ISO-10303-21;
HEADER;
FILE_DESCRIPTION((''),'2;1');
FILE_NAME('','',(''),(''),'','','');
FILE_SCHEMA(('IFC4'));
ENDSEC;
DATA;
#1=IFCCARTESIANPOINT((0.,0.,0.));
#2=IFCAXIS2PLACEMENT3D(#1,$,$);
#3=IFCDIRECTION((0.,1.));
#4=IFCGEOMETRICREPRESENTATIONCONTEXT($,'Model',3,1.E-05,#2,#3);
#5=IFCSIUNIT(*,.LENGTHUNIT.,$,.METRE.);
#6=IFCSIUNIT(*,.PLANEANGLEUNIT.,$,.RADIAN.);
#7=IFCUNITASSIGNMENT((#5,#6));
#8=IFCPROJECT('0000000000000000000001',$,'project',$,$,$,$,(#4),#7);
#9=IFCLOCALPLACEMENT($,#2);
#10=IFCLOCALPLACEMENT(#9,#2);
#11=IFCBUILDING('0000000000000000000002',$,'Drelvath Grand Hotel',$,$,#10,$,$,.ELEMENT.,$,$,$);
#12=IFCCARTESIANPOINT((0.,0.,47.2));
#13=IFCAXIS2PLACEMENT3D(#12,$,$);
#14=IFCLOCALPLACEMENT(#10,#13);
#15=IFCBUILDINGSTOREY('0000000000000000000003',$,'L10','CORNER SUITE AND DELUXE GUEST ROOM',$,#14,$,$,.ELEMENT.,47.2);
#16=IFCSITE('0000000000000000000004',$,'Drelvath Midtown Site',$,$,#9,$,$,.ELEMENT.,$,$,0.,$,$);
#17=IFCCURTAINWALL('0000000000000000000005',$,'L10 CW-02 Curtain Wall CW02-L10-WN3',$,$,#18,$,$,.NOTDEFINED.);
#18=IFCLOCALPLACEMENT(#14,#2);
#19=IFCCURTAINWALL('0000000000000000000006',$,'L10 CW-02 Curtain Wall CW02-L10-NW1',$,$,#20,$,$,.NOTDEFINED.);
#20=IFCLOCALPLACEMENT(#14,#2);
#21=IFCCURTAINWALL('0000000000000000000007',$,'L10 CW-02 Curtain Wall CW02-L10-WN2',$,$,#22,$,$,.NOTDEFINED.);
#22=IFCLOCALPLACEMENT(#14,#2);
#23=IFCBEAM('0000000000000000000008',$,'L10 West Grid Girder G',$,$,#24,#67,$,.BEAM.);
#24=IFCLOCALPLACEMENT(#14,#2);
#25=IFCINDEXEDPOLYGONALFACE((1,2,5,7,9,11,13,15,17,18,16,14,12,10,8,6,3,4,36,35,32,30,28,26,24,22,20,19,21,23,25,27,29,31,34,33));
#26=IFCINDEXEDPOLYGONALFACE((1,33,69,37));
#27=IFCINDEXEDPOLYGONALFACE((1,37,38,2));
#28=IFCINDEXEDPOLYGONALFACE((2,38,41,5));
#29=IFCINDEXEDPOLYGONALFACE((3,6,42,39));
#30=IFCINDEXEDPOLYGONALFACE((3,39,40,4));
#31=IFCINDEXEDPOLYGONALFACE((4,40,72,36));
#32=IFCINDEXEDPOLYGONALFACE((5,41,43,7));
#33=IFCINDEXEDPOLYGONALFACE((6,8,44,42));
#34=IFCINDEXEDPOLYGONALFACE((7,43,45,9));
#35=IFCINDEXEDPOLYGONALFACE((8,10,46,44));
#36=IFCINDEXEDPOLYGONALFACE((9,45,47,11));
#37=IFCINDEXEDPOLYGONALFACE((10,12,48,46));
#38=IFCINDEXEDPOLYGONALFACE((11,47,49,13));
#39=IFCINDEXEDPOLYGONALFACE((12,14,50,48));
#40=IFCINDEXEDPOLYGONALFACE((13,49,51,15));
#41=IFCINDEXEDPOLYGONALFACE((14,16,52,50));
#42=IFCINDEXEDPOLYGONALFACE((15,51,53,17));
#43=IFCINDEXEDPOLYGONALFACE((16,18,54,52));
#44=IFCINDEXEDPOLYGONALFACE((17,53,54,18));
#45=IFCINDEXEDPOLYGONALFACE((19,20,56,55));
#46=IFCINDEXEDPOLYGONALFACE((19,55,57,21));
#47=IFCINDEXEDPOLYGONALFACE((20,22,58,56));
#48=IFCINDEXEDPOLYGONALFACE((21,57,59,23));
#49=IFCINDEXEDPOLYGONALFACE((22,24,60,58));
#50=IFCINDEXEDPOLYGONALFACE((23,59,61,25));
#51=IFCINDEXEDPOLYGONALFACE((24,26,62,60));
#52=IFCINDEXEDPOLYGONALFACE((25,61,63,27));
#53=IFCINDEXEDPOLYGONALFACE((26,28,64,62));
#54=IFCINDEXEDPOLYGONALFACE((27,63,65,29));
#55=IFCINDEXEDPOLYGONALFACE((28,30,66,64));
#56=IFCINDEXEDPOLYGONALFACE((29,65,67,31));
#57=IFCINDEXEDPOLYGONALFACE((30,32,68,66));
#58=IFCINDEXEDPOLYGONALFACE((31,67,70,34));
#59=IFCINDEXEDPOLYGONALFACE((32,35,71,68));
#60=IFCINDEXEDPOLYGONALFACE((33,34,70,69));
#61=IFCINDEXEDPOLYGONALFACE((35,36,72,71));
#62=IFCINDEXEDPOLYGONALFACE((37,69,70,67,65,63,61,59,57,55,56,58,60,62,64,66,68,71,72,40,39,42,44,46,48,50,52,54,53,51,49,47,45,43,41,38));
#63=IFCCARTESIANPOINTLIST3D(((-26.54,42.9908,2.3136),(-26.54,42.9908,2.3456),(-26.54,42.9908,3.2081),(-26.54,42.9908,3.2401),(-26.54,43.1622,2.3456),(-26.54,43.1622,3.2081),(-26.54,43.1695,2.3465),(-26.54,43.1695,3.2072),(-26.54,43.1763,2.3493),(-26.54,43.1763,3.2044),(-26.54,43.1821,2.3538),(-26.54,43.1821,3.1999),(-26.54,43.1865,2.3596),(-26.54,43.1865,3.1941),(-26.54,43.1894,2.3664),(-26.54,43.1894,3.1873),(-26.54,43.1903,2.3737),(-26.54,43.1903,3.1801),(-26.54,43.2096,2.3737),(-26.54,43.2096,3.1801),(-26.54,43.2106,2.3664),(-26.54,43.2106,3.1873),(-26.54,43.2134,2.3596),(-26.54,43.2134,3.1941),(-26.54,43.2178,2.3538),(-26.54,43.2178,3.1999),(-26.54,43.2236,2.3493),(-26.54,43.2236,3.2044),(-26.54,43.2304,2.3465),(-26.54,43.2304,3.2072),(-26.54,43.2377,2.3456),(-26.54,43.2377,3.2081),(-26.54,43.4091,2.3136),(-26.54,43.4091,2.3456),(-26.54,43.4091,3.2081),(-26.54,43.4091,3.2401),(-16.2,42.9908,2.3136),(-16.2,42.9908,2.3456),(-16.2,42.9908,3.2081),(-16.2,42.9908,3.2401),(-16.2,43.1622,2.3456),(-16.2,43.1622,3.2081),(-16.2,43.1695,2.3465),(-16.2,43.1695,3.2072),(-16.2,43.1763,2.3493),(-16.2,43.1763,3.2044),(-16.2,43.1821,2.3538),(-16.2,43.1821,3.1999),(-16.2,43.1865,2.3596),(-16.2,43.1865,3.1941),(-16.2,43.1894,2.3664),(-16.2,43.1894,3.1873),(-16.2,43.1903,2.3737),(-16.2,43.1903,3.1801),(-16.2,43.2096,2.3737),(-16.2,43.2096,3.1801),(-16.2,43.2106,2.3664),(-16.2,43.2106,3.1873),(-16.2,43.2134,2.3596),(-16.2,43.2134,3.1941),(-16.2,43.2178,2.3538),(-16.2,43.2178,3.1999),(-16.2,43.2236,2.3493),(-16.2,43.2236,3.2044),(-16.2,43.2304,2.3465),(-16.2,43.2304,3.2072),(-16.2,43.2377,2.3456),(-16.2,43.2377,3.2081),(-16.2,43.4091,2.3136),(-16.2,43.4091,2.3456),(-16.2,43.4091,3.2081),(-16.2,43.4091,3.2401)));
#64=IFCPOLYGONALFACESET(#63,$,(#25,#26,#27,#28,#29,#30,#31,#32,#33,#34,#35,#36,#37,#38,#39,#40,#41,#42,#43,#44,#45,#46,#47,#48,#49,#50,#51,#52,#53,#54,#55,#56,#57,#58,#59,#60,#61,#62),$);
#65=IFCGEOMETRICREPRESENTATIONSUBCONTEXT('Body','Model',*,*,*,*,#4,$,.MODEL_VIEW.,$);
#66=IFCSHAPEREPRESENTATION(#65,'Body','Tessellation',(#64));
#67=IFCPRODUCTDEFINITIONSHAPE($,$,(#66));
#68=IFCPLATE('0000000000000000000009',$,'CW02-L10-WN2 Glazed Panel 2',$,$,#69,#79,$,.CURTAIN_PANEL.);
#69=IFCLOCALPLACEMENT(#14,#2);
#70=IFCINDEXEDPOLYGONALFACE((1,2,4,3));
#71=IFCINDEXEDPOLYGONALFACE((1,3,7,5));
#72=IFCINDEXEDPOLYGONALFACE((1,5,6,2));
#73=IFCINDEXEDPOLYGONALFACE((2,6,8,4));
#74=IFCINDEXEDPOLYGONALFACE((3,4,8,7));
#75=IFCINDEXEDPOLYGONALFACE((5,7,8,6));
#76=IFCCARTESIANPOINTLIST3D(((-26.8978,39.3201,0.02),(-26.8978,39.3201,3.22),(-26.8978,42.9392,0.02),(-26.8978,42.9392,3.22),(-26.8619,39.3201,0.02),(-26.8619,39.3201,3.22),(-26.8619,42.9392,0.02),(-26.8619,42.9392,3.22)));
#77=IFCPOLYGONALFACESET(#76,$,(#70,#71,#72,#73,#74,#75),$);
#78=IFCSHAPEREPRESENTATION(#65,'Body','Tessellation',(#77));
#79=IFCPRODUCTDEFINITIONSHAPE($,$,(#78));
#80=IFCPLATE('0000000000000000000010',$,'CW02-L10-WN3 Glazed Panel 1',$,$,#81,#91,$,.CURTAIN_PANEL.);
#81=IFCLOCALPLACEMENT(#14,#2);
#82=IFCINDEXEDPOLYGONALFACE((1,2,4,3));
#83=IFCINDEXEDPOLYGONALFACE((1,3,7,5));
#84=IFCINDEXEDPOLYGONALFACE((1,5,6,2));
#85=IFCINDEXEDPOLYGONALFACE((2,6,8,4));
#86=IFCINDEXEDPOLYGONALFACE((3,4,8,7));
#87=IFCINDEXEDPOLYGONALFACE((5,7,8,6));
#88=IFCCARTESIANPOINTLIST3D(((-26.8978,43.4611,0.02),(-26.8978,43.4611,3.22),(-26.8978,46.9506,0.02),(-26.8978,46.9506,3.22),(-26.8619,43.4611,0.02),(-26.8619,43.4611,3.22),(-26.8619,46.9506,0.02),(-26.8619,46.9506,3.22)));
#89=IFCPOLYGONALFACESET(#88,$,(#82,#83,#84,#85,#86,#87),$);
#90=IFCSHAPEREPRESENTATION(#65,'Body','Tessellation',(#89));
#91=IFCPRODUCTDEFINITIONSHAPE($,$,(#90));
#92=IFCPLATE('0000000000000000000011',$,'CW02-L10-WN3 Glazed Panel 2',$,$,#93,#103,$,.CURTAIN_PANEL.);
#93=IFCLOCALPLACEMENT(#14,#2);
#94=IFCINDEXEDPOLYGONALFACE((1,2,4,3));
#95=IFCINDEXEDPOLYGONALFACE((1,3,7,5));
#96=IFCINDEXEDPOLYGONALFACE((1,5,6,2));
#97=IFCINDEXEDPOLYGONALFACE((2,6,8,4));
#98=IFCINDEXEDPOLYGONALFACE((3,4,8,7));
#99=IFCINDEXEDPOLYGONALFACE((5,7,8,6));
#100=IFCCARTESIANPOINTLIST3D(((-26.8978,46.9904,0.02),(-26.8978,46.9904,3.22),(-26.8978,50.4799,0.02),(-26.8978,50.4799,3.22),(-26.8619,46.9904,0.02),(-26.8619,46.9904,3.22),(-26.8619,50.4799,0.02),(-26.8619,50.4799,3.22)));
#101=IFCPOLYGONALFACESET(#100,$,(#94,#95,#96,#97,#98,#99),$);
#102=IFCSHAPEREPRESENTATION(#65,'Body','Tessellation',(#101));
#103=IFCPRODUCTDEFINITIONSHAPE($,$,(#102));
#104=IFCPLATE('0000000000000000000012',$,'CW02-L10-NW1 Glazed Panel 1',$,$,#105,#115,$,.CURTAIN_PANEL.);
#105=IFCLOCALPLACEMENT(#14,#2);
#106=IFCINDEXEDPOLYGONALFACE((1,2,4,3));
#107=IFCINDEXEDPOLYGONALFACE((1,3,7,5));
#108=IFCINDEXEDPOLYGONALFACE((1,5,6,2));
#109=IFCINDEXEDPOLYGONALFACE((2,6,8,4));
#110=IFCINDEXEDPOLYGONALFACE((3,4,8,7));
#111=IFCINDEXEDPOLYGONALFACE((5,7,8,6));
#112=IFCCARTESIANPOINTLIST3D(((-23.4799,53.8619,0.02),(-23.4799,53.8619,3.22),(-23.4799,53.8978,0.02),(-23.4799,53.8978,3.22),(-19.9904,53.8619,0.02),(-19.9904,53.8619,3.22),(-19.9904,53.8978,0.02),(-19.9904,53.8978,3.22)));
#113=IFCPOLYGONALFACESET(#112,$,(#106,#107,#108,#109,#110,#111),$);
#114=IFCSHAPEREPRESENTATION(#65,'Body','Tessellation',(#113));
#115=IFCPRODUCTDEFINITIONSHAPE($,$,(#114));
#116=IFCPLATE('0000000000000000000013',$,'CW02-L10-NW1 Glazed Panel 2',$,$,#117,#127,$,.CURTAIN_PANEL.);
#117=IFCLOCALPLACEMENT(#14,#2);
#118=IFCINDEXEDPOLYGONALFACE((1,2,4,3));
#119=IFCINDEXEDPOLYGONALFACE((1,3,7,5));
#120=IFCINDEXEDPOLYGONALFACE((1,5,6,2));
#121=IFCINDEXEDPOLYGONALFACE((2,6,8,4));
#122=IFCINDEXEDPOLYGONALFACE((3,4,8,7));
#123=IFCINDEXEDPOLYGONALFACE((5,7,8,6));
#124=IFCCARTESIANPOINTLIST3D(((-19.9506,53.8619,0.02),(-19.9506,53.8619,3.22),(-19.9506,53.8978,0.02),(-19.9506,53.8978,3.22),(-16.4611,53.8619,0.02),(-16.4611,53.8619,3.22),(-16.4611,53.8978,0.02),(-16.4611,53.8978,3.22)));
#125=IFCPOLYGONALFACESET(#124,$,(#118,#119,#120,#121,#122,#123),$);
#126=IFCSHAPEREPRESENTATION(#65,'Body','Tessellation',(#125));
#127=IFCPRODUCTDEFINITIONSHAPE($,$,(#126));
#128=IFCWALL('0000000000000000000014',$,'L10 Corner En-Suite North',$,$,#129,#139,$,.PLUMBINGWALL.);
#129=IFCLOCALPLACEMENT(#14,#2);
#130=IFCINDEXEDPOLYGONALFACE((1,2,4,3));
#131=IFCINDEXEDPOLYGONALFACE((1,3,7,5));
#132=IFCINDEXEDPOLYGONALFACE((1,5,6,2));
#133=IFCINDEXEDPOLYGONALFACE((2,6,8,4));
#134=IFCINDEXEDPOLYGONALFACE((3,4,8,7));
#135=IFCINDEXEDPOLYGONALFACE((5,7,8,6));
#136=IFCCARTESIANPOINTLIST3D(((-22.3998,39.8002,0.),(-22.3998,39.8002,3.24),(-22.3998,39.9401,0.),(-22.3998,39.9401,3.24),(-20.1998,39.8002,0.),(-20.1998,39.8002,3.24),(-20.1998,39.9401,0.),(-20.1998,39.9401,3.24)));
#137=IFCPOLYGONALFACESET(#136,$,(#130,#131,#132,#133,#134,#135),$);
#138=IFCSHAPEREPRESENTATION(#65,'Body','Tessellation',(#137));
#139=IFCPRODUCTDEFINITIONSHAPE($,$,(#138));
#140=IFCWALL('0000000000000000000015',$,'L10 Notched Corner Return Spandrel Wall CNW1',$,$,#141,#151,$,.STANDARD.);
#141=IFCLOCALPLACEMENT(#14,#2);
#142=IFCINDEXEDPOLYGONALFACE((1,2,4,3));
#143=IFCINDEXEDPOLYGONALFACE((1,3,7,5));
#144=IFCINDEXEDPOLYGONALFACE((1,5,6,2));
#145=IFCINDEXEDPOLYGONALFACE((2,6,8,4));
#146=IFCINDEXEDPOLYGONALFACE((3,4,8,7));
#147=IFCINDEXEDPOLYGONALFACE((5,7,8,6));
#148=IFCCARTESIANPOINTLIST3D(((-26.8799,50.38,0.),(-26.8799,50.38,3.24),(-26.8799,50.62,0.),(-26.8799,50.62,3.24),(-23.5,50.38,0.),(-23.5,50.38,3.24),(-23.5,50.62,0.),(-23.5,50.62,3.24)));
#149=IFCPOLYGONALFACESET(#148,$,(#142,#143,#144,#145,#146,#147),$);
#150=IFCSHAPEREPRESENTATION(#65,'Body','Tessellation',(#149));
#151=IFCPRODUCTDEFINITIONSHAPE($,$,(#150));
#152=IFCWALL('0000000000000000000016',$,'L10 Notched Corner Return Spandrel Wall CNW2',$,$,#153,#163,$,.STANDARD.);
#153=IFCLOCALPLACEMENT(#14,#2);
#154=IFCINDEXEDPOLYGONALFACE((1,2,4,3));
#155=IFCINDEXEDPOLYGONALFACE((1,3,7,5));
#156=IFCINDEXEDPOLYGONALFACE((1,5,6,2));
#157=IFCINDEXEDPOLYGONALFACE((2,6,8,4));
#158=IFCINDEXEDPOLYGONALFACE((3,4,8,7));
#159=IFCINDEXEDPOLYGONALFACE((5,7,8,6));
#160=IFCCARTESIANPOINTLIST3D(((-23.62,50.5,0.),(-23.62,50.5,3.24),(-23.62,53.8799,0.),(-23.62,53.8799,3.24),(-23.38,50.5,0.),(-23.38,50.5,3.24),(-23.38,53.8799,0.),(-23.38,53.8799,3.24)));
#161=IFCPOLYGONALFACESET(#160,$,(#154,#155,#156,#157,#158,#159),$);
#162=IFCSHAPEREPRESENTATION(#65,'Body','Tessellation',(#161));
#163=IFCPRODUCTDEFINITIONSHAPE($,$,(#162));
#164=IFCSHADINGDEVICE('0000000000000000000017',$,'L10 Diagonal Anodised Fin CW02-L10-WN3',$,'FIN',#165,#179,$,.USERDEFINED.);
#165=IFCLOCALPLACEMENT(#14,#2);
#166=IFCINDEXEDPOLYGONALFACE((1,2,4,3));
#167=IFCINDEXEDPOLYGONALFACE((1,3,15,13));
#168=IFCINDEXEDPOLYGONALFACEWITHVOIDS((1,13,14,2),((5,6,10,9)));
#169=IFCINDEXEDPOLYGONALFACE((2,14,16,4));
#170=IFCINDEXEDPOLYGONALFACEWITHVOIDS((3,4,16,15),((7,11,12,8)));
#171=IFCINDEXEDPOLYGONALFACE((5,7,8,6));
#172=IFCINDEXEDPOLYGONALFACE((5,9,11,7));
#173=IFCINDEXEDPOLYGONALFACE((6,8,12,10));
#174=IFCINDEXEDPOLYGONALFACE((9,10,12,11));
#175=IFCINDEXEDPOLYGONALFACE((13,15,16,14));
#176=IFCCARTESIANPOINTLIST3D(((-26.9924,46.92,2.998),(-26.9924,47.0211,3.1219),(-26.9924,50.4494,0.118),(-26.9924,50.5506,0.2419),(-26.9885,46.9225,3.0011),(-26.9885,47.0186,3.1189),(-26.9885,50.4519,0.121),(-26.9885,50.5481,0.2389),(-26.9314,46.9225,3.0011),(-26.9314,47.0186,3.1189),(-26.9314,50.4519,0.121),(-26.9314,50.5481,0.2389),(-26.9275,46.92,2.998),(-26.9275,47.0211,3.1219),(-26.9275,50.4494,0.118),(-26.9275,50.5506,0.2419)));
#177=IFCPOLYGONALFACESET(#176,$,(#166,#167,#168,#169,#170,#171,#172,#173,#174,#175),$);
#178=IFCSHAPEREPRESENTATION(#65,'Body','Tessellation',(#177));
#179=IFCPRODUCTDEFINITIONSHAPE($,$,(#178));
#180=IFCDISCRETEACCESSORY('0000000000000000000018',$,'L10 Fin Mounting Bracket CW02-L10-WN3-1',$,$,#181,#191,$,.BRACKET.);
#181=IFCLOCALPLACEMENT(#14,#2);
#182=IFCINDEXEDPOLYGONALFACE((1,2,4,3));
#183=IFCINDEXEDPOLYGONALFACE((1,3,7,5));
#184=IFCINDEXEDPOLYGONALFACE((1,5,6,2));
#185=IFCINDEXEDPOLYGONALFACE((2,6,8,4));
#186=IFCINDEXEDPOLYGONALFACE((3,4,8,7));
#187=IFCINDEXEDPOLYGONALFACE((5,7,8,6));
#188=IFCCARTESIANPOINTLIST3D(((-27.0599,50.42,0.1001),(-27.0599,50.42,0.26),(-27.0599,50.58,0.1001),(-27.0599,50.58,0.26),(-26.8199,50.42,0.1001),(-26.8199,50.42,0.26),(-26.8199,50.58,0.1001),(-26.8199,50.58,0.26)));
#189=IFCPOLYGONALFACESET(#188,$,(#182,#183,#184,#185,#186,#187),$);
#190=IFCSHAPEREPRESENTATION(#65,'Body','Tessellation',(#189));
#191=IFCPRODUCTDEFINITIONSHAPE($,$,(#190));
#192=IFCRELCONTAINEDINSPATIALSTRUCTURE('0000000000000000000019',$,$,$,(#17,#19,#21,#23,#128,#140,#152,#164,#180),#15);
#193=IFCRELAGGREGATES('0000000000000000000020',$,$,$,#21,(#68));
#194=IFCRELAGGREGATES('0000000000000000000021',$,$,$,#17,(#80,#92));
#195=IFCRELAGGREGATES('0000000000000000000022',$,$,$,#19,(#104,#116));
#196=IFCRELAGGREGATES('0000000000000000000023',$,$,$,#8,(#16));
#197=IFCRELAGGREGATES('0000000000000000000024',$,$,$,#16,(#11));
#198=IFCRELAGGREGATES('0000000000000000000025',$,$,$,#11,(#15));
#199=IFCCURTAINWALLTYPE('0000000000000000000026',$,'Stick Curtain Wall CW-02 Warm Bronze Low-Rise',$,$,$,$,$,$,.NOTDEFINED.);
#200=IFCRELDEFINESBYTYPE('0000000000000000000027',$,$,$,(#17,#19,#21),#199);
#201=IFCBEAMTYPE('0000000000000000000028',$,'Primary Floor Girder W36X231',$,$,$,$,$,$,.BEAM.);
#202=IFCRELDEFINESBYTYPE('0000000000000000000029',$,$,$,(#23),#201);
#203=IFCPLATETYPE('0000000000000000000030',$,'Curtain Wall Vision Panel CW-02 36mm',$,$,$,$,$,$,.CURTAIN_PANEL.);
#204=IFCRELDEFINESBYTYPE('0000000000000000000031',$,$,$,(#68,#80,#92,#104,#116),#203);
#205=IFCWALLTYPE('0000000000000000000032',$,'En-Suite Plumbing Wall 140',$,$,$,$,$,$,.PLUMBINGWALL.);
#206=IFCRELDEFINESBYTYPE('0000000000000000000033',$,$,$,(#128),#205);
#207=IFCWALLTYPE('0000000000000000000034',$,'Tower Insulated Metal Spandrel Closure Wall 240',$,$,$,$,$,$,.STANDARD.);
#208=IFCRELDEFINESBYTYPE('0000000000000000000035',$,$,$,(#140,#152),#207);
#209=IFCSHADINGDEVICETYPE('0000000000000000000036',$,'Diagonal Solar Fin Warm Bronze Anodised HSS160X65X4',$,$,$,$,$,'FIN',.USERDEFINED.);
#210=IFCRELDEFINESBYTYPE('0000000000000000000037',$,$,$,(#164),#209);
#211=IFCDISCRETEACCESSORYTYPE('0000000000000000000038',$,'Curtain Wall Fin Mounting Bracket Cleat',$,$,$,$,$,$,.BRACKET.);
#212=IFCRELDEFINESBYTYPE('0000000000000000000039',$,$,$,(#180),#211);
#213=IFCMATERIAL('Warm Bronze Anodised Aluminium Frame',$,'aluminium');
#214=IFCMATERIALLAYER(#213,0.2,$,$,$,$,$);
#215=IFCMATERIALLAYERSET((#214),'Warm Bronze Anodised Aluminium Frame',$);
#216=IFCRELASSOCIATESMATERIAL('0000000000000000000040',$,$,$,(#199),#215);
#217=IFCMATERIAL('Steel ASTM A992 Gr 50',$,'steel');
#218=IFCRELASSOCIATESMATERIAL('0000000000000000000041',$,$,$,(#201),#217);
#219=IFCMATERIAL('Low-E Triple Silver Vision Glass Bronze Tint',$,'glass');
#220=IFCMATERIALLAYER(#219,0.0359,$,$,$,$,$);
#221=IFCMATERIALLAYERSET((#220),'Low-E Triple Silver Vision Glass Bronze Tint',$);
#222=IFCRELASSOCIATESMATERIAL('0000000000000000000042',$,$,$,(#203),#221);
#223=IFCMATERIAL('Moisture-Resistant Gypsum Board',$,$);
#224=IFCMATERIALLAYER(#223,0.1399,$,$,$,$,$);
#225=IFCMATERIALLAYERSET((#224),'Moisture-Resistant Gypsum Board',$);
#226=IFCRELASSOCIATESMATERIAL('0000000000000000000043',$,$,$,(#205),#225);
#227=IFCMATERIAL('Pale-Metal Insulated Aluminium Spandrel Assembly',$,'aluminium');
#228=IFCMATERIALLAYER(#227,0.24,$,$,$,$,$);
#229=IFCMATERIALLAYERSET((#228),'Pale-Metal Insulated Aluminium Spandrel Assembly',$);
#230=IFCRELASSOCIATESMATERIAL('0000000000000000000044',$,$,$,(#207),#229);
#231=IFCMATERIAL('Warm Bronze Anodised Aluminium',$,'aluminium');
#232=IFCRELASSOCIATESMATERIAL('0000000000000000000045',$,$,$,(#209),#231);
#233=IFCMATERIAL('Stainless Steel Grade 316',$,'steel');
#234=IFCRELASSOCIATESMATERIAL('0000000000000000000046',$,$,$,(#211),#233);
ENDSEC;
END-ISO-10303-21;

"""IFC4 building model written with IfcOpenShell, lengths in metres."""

from ifc_helpers import new_model, si_unit, direction, frame, frame_2d, origin, origin_2d, place, context, subcontext, project, spatial, rectangle, hollow_rectangle, i_section, extrude, material, layer, layer_set, material_profile, profile_set, type_object, element, aggregate, save


model = new_model("IFC4")

# Units and contexts
model_context = context("Model", 3, precision=1e-05, world=origin(), true_north=direction((0.0, 1.0)))
body_context = subcontext(model_context, "Body", "Model", "MODEL_VIEW")
ifc_project = project(units=[si_unit("LENGTHUNIT", "METRE"), si_unit("PLANEANGLEUNIT", "RADIAN")], contexts=[model_context])

# Site, building, storey
site_placement = place(None, origin())
site = spatial("IfcSite", under=ifc_project, at=site_placement, Name="Drelvath Midtown Site", CompositionType="ELEMENT", RefElevation=0.0)
building_placement = place(site_placement, origin())
building = spatial("IfcBuilding", under=site, at=building_placement, Name="Drelvath Grand Hotel", CompositionType="ELEMENT")
storey_placement = place(building_placement, frame((0.0, 0.0, 47.2)))
storey = spatial("IfcBuildingStorey", under=building, at=storey_placement, Name="L10", Description="CORNER SUITE AND DELUXE GUEST ROOM", CompositionType="ELEMENT", Elevation=47.2)

# Shared definitions
ifc_material_1 = material(Name="Steel ASTM A992 Gr 50", Category="steel")

# Curtain walls
ifc_material_2 = material(Name="Warm Bronze Anodised Aluminium Frame", Category="aluminium")
ifc_layer_1 = layer(ifc_material_2, 0.2)
ifc_layer_set_1 = layer_set([ifc_layer_1], Name="Warm Bronze Anodised Aluminium Frame")
curtain_wall_type = type_object("IfcCurtainWallType", Name="Stick Curtain Wall CW-02 Warm Bronze Low-Rise", PredefinedType="NOTDEFINED", material=ifc_layer_set_1)
curtain_wall_1_placement = place(storey_placement, origin())
curtain_wall_1 = element("IfcCurtainWall", 1, at=curtain_wall_1_placement, inside=storey, type_object=curtain_wall_type, Name="L10 CW-02 Curtain Wall CW02-L10-WN3", PredefinedType="NOTDEFINED")
curtain_wall_2_placement = place(storey_placement, origin())
curtain_wall_2 = element("IfcCurtainWall", 2, at=curtain_wall_2_placement, inside=storey, type_object=curtain_wall_type, Name="L10 CW-02 Curtain Wall CW02-L10-NW1", PredefinedType="NOTDEFINED")

# Curtain wall
curtain_wall_3_placement = place(storey_placement, origin())
curtain_wall_3 = element("IfcCurtainWall", 3, at=curtain_wall_3_placement, inside=storey, type_object=curtain_wall_type, Name="L10 CW-02 Curtain Wall CW02-L10-WN2", PredefinedType="NOTDEFINED")

# Beam
ifc_material_profile_1 = material_profile(ifc_material_1, i_section(OverallWidth=0.4182, OverallDepth=0.9265, WebThickness=0.0193, FlangeThickness=0.032, FilletRadius=0.0281, at=origin_2d()), Name="W36X231")
ifc_profile_set_1 = profile_set([ifc_material_profile_1], Name="Steel ASTM A992 Gr 50")
beam_type_1 = type_object("IfcBeamType", Name="Primary Floor Girder W36X231", PredefinedType="BEAM", material=ifc_profile_set_1)
beam_1_placement = place(storey_placement, frame((-26.54, 43.2, 2.7769), z_axis=(1.0, 0.0, 0.0), x_axis=(0.0, 1.0, 0.0)))
element("IfcBeam", 4, at=beam_1_placement, inside=storey, type_object=beam_type_1, Name="L10 West Grid Girder G", PredefinedType="BEAM", context=body_context, shape_type="SweptSolid", body=[
    extrude(i_section(OverallWidth=0.4182, OverallDepth=0.9265, WebThickness=0.0193, FlangeThickness=0.032, FilletRadius=0.0281, at=origin_2d()), origin(), (0.0, 0.0, 1.0), 10.3401),
])

# Plates
ifc_material_3 = material(Name="Low-E Triple Silver Vision Glass Bronze Tint", Category="glass")
ifc_layer_2 = layer(ifc_material_3, 0.0359)
ifc_layer_set_2 = layer_set([ifc_layer_2], Name="Low-E Triple Silver Vision Glass Bronze Tint")
plate_type = type_object("IfcPlateType", Name="Curtain Wall Vision Panel CW-02 36mm", PredefinedType="CURTAIN_PANEL", material=ifc_layer_set_2)
plate_1_placement = place(storey_placement, frame((-26.8799, 41.1296, 0.02), z_axis=(0.0, 0.0, 1.0), x_axis=(0.0, 1.0, 0.0)))
plate_1 = element("IfcPlate", 5, at=plate_1_placement, type_object=plate_type, Name="CW02-L10-WN2 Glazed Panel 2", PredefinedType="CURTAIN_PANEL", context=body_context, shape_type="SweptSolid", body=[
    extrude(rectangle(XDim=3.6191, YDim=0.0359, at=origin_2d()), origin(), (0.0, 0.0, 1.0), 3.2),
])
aggregate(curtain_wall_3, [plate_1])
plate_2_placement = place(storey_placement, frame((-26.8799, 45.2058, 0.02), z_axis=(0.0, 0.0, 1.0), x_axis=(0.0, 1.0, 0.0)))
plate_2 = element("IfcPlate", 6, at=plate_2_placement, type_object=plate_type, Name="CW02-L10-WN3 Glazed Panel 1", PredefinedType="CURTAIN_PANEL", context=body_context, shape_type="SweptSolid", body=[
    extrude(rectangle(XDim=3.4895, YDim=0.0359, at=origin_2d()), origin(), (0.0, 0.0, 1.0), 3.2),
])
plate_3_placement = place(storey_placement, frame((-26.8799, 48.7351, 0.02), z_axis=(0.0, 0.0, 1.0), x_axis=(0.0, 1.0, 0.0)))
plate_3 = element("IfcPlate", 7, at=plate_3_placement, type_object=plate_type, Name="CW02-L10-WN3 Glazed Panel 2", PredefinedType="CURTAIN_PANEL", context=body_context, shape_type="SweptSolid", body=[
    extrude(rectangle(XDim=3.4895, YDim=0.0359, at=origin_2d()), origin(), (0.0, 0.0, 1.0), 3.2),
])
aggregate(curtain_wall_1, [plate_2, plate_3])
plate_4_placement = place(storey_placement, frame((-21.7351, 53.8799, 0.02), z_axis=(0.0, 0.0, 1.0), x_axis=(1.0, 0.0, 0.0)))
plate_4 = element("IfcPlate", 8, at=plate_4_placement, type_object=plate_type, Name="CW02-L10-NW1 Glazed Panel 1", PredefinedType="CURTAIN_PANEL", context=body_context, shape_type="SweptSolid", body=[
    extrude(rectangle(XDim=3.4895, YDim=0.0359, at=origin_2d()), origin(), (0.0, 0.0, 1.0), 3.2),
])
plate_5_placement = place(storey_placement, frame((-18.2058, 53.8799, 0.02), z_axis=(0.0, 0.0, 1.0), x_axis=(1.0, 0.0, 0.0)))
plate_5 = element("IfcPlate", 9, at=plate_5_placement, type_object=plate_type, Name="CW02-L10-NW1 Glazed Panel 2", PredefinedType="CURTAIN_PANEL", context=body_context, shape_type="SweptSolid", body=[
    extrude(rectangle(XDim=3.4895, YDim=0.0359, at=origin_2d()), origin(), (0.0, 0.0, 1.0), 3.2),
])
aggregate(curtain_wall_2, [plate_4, plate_5])

# Walls
ifc_material_4 = material(Name="Moisture-Resistant Gypsum Board")
ifc_layer_3 = layer(ifc_material_4, 0.1399)
ifc_layer_set_3 = layer_set([ifc_layer_3], Name="Moisture-Resistant Gypsum Board")
wall_type_1 = type_object("IfcWallType", Name="En-Suite Plumbing Wall 140", PredefinedType="PLUMBINGWALL", material=ifc_layer_set_3)
wall_placement = place(storey_placement, frame((-22.3999, 39.8701, 0.0), z_axis=(0.0, 0.0, 1.0), x_axis=(1.0, 0.0, 0.0)))
element("IfcWall", 10, at=wall_placement, inside=storey, type_object=wall_type_1, Name="L10 Corner En-Suite North", PredefinedType="PLUMBINGWALL", context=body_context, shape_type="SweptSolid", body=[
    extrude(rectangle(XDim=2.2, YDim=0.1399, at=frame_2d((1.1001, 0.0))), origin(), (0.0, 0.0, 1.0), 3.24),
])
ifc_material_5 = material(Name="Pale-Metal Insulated Aluminium Spandrel Assembly", Category="aluminium")
ifc_layer_4 = layer(ifc_material_5, 0.24)
ifc_layer_set_4 = layer_set([ifc_layer_4], Name="Pale-Metal Insulated Aluminium Spandrel Assembly")
wall_type_2 = type_object("IfcWallType", Name="Tower Insulated Metal Spandrel Closure Wall 240", PredefinedType="STANDARD", material=ifc_layer_set_4)
for number, where, z_axis, x_axis, name in (
    (11, (-26.8799, 50.5, 0.0), (0.0, 0.0, 1.0), (1.0, 0.0, 0.0), "L10 Notched Corner Return Spandrel Wall CNW1"),
    (12, (-23.5, 50.5, 0.0), (0.0, 0.0, 1.0), (0.0, 1.0, 0.0), "L10 Notched Corner Return Spandrel Wall CNW2"),
):
    element("IfcWall", number, at=place(storey_placement, frame(where, z_axis=z_axis, x_axis=x_axis)), inside=storey, type_object=wall_type_2, Name=name, PredefinedType="STANDARD", context=body_context, shape_type="SweptSolid", body=[
        extrude(rectangle(XDim=3.3799, YDim=0.24, at=frame_2d((1.6899, 0.0))), origin(), (0.0, 0.0, 1.0), 3.24),
    ])

# Shading device
ifc_material_6 = material(Name="Warm Bronze Anodised Aluminium", Category="aluminium")
ifc_material_profile_2 = material_profile(ifc_material_6, hollow_rectangle(XDim=0.0649, YDim=0.1599, WallThickness=0.0039, at=origin_2d()), Name="HSS160X65X4")
ifc_profile_set_2 = profile_set([ifc_material_profile_2], Name="Warm Bronze Anodised Aluminium")
shading_device_type = type_object("IfcShadingDeviceType", Name="Diagonal Solar Fin Warm Bronze Anodised HSS160X65X4", ElementType="FIN", PredefinedType="USERDEFINED", material=ifc_profile_set_2)
shading_device_placement = place(storey_placement, frame((-26.96, 50.5, 0.1799), z_axis=(0.0, -0.774783, 0.632227), x_axis=(1.0, 0.0, 0.0)))
element("IfcShadingDevice", 13, at=shading_device_placement, inside=storey, type_object=shading_device_type, Name="L10 Diagonal Anodised Fin CW02-L10-WN3", ObjectType="FIN", PredefinedType="USERDEFINED", context=body_context, shape_type="SweptSolid", body=[
    extrude(hollow_rectangle(XDim=0.0649, YDim=0.1599, WallThickness=0.0039, at=origin_2d()), origin(), (0.0, 0.0, 1.0), 4.5554),
])

# Discrete accessory
ifc_material_7 = material(Name="Stainless Steel Grade 316", Category="steel")
discrete_accessory_type = type_object("IfcDiscreteAccessoryType", Name="Curtain Wall Fin Mounting Bracket Cleat", PredefinedType="BRACKET", material=ifc_material_7)
discrete_accessory_placement = place(storey_placement, frame((-26.9399, 50.5, 0.1001), z_axis=(0.0, 0.0, 1.0), x_axis=(0.0, 1.0, 0.0)))
element("IfcDiscreteAccessory", 14, at=discrete_accessory_placement, inside=storey, type_object=discrete_accessory_type, Name="L10 Fin Mounting Bracket CW02-L10-WN3-1", PredefinedType="BRACKET", context=body_context, shape_type="SweptSolid", body=[
    extrude(rectangle(XDim=0.1599, YDim=0.24, at=origin_2d()), origin(), (0.0, 0.0, 1.0), 0.1599),
])

save(model, "model.ifc")
